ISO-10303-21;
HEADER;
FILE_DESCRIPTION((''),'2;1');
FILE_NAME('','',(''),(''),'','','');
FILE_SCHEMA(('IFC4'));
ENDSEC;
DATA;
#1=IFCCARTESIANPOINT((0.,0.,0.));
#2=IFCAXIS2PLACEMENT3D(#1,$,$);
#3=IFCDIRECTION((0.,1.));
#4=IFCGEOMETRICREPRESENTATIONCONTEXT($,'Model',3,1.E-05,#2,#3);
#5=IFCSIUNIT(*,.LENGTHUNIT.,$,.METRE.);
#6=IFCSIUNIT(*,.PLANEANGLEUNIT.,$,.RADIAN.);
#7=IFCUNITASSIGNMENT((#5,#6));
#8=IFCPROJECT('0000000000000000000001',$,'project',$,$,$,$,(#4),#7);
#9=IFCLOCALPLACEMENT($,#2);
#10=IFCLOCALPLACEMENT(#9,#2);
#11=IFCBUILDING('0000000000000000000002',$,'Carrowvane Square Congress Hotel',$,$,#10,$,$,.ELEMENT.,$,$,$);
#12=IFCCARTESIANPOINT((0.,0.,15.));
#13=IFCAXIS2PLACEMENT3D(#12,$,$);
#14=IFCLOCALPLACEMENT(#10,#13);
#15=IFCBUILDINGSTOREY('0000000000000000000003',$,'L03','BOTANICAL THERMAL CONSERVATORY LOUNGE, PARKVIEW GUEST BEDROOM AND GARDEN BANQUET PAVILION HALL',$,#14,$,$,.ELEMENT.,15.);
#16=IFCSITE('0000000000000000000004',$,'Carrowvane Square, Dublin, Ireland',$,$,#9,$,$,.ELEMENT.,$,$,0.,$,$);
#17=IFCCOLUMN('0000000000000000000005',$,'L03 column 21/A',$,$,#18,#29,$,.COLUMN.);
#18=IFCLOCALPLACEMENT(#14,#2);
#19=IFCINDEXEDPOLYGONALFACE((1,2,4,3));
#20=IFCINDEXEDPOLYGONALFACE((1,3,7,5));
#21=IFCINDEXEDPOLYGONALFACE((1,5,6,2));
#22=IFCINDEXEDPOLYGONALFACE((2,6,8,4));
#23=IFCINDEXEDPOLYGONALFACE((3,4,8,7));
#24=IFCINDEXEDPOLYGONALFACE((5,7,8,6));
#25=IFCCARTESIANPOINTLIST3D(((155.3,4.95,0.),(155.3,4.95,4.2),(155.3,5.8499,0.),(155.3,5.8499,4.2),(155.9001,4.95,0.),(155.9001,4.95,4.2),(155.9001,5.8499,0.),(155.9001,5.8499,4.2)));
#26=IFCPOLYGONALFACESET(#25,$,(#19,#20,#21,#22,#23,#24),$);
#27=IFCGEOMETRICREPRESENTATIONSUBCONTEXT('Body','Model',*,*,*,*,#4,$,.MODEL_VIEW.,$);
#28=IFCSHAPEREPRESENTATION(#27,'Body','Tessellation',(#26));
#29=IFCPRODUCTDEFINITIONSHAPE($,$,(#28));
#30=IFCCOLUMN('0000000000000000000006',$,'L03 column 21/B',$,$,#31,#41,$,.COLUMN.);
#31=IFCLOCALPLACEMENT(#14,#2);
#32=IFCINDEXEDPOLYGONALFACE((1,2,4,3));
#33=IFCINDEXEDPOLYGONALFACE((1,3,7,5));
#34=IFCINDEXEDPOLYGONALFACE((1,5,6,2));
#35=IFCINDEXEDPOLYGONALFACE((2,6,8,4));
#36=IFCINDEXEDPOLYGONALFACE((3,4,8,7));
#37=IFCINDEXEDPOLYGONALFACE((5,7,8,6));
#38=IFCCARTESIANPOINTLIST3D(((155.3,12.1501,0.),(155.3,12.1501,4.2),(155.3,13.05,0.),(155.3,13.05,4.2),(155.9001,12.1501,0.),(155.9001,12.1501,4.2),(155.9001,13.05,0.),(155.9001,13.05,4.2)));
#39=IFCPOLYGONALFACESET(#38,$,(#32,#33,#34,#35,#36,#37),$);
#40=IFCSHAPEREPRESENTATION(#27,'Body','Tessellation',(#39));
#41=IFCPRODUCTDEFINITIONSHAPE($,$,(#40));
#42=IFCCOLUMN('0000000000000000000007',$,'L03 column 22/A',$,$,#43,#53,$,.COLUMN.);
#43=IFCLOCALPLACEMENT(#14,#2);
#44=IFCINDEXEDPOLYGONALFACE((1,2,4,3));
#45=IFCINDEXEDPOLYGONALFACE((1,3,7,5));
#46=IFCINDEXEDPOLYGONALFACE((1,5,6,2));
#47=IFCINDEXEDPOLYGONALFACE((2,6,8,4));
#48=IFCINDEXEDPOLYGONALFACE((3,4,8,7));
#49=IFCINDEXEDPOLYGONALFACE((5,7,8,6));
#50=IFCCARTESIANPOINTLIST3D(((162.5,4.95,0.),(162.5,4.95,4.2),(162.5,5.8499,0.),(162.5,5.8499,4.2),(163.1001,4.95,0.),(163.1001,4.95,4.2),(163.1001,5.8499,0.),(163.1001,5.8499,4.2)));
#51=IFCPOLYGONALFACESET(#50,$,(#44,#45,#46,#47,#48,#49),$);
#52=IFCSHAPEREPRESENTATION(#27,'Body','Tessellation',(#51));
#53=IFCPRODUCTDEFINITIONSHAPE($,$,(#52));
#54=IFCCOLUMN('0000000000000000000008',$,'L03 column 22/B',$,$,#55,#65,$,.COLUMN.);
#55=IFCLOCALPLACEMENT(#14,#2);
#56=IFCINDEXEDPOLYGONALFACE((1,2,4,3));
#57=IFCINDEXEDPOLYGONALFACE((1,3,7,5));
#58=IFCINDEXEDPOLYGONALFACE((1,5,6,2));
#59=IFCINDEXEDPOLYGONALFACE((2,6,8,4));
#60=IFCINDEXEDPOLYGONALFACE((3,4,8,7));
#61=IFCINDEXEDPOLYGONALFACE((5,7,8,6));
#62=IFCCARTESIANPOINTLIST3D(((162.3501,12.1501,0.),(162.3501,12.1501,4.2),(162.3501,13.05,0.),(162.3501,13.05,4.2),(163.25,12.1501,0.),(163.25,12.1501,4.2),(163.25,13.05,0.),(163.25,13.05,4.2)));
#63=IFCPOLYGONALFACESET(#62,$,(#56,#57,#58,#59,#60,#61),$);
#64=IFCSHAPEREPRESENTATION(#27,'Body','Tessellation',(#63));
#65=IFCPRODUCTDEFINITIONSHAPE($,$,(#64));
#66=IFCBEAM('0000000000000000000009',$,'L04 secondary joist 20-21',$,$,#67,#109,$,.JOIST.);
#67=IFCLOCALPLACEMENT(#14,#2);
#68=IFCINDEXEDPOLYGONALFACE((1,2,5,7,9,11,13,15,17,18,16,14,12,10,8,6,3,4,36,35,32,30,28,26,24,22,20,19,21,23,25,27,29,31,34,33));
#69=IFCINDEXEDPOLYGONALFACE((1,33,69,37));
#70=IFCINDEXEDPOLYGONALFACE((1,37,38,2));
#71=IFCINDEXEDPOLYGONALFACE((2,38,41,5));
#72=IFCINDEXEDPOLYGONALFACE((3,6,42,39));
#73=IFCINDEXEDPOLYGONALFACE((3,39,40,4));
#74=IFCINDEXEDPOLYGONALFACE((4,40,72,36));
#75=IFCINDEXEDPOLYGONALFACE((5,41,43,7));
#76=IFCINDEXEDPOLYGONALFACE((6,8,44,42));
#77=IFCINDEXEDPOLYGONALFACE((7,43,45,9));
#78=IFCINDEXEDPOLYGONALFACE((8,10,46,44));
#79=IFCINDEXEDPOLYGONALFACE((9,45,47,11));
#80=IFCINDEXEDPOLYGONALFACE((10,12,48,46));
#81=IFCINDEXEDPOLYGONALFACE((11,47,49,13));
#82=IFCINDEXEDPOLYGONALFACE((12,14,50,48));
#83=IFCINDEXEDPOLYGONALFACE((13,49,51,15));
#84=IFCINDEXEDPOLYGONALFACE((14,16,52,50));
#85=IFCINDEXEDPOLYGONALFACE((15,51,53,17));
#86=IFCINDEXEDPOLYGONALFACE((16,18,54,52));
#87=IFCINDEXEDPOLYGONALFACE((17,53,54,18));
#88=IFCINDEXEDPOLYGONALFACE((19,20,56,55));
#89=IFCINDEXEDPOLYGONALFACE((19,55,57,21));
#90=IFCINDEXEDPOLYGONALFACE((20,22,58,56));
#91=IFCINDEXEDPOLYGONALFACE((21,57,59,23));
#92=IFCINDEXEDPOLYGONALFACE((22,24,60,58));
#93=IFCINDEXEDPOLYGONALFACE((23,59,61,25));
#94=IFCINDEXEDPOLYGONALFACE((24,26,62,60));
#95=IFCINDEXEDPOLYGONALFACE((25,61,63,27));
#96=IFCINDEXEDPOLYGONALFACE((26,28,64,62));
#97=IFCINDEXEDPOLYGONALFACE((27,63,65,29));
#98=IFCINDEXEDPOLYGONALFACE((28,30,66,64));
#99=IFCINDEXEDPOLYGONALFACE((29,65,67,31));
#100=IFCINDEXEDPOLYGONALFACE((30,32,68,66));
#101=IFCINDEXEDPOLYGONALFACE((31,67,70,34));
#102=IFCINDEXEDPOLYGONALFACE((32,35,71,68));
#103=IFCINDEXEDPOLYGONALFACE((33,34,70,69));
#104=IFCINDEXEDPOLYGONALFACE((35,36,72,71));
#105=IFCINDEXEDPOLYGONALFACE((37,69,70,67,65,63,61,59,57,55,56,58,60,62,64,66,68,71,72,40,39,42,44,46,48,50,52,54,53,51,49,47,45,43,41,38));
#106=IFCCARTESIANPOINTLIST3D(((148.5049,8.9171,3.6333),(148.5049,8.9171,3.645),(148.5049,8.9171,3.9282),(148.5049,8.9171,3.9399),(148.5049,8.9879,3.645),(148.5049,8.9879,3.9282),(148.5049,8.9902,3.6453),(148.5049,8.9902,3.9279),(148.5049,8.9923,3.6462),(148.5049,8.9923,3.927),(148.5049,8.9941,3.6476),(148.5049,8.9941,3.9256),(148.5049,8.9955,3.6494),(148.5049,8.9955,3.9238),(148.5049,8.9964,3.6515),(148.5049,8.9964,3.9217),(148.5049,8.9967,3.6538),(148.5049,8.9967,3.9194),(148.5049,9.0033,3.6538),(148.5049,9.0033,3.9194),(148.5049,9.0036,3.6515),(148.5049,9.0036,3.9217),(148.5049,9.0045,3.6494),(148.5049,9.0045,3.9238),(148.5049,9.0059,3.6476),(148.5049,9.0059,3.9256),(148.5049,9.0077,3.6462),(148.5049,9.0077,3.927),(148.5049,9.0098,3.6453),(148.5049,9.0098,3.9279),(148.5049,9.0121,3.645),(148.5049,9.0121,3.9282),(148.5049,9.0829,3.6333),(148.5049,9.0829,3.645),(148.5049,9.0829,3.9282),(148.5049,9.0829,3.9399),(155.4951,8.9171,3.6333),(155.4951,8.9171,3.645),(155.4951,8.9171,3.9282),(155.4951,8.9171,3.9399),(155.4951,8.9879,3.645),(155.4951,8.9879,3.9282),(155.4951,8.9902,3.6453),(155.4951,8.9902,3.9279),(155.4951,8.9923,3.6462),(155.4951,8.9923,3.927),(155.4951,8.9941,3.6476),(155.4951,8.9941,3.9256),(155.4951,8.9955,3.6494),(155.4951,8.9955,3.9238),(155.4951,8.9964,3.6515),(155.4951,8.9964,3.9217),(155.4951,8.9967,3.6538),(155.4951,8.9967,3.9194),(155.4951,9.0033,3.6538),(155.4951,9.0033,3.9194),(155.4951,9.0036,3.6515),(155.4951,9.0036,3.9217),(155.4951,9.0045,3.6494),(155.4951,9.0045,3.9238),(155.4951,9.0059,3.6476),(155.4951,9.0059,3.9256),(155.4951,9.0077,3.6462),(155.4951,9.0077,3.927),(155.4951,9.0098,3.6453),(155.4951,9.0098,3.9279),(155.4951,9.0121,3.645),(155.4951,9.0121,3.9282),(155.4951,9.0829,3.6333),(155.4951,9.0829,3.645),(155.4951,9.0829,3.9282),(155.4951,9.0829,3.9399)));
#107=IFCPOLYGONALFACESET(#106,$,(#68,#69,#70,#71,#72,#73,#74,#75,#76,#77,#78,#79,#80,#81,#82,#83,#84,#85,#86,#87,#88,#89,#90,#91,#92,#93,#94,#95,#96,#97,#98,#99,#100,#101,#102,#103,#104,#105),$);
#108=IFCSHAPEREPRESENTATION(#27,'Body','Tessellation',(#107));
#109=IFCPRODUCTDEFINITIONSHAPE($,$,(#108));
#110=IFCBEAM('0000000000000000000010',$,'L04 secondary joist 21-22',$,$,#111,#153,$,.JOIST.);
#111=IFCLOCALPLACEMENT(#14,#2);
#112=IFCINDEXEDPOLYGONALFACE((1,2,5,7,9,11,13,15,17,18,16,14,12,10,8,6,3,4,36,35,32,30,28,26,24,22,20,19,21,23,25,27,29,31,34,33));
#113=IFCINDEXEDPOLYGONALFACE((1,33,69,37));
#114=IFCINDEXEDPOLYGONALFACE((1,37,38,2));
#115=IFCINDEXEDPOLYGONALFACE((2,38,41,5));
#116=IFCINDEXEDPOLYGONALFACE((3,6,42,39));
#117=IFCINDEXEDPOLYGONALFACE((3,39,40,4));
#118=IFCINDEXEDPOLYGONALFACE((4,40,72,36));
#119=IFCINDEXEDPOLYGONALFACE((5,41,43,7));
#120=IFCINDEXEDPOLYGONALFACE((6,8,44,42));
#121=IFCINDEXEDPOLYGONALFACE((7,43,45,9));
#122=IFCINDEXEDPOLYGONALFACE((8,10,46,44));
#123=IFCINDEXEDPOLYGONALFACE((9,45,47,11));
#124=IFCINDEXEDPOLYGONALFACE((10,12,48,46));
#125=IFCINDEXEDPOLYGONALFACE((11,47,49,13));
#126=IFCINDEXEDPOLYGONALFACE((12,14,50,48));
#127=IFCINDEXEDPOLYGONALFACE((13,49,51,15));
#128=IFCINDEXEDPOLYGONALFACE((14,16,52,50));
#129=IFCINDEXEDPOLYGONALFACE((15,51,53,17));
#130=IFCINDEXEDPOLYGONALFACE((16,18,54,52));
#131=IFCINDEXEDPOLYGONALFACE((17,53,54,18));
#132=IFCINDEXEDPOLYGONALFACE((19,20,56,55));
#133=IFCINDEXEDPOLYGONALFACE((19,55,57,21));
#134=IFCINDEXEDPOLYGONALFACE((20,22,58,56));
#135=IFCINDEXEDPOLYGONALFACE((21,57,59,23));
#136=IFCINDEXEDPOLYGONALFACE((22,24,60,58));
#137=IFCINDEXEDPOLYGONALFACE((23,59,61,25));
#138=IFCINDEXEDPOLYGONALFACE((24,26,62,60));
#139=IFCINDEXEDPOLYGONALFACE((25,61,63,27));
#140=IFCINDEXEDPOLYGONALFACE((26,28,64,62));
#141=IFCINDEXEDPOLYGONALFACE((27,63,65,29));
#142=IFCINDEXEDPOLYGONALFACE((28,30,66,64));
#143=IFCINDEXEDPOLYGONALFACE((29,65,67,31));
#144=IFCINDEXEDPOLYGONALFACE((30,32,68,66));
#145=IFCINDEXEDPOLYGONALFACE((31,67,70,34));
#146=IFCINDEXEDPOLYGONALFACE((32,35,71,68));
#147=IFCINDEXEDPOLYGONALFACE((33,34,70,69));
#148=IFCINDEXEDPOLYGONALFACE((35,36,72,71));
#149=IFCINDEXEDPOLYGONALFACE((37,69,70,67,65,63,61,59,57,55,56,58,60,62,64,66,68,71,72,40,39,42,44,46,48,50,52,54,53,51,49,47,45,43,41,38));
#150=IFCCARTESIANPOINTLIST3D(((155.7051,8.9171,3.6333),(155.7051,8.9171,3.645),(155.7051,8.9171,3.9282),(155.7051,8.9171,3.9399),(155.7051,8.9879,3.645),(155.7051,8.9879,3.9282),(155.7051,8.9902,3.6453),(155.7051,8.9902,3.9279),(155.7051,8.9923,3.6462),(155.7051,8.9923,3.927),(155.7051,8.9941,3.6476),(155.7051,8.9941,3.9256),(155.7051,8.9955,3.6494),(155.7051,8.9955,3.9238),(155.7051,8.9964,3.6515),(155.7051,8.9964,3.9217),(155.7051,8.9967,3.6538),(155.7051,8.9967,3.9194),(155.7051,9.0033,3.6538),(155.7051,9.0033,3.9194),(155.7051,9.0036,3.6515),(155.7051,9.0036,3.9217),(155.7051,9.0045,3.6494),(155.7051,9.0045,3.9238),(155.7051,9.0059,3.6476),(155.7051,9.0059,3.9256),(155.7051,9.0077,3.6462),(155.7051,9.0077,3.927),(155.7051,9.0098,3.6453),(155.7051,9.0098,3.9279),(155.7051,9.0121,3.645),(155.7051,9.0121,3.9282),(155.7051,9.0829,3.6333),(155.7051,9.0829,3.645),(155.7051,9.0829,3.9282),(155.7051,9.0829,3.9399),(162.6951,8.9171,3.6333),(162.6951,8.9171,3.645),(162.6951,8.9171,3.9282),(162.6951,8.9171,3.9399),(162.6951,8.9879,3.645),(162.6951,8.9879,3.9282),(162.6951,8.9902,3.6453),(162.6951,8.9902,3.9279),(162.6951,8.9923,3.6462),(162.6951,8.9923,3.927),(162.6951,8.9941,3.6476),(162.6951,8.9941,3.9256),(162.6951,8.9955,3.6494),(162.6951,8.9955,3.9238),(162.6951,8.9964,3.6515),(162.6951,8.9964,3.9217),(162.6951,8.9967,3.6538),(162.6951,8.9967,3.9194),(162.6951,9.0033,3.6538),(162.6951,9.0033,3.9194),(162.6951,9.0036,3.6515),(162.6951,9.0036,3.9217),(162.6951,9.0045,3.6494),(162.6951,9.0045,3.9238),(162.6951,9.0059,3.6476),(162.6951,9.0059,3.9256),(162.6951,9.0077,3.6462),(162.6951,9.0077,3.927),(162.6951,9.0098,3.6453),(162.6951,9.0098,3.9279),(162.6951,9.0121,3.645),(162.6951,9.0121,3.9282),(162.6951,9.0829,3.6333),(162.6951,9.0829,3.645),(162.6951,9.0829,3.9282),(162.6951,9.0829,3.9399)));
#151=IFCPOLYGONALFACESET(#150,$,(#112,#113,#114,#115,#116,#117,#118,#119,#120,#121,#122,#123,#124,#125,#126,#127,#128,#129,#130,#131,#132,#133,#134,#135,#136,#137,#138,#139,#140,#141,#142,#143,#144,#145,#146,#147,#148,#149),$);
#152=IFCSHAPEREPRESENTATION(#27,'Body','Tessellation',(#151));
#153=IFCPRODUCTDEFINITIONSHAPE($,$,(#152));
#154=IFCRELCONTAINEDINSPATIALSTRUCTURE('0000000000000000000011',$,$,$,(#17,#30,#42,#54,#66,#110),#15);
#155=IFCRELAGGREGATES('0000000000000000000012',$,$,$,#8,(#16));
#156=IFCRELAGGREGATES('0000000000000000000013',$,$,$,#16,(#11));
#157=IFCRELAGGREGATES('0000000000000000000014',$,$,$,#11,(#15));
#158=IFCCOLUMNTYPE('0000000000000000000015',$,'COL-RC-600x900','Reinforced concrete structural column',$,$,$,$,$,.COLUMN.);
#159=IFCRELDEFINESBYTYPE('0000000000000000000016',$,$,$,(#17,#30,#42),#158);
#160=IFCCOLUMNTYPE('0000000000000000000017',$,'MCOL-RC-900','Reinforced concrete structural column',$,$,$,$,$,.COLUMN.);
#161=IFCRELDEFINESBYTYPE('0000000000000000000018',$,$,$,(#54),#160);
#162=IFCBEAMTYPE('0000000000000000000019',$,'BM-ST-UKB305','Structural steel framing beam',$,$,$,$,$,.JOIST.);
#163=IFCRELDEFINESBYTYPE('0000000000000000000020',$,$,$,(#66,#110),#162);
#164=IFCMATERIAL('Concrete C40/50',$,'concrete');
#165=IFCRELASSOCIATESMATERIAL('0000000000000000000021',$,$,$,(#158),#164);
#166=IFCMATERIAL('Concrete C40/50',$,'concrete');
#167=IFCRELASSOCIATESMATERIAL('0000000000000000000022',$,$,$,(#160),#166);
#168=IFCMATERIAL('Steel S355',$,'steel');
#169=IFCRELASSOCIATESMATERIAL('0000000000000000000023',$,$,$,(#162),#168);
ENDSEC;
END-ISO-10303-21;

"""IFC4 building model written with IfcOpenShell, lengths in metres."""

from ifc_helpers import new_model, si_unit, direction, frame, origin, origin_2d, place, context, subcontext, project, spatial, rectangle, i_section, extrude, material, material_profile, profile_set, type_object, element, save


model = new_model("IFC4")

# Units and contexts
model_context = context("Model", 3, precision=1e-05, world=origin(), true_north=direction((0.0, 1.0)))
body_context = subcontext(model_context, "Body", "Model", "MODEL_VIEW")
ifc_project = project(units=[si_unit("LENGTHUNIT", "METRE"), si_unit("PLANEANGLEUNIT", "RADIAN")], contexts=[model_context])

# Site, building, storey
site_placement = place(None, origin())
site = spatial("IfcSite", under=ifc_project, at=site_placement, Name="Carrowvane Square, Dublin, Ireland", CompositionType="ELEMENT", RefElevation=0.0)
building_placement = place(site_placement, origin())
building = spatial("IfcBuilding", under=site, at=building_placement, Name="Carrowvane Square Congress Hotel", CompositionType="ELEMENT")
storey_placement = place(building_placement, frame((0.0, 0.0, 15.0)))
storey = spatial("IfcBuildingStorey", under=building, at=storey_placement, Name="L03", Description="BOTANICAL THERMAL CONSERVATORY LOUNGE, PARKVIEW GUEST BEDROOM AND GARDEN BANQUET PAVILION HALL", CompositionType="ELEMENT", Elevation=15.0)

# Columns
ifc_material_1 = material(Name="Concrete C40/50", Category="concrete")
ifc_material_profile_1 = material_profile(ifc_material_1, rectangle(XDim=0.6001, YDim=0.8999, at=origin_2d()), Name="RC 600x900")
ifc_profile_set_1 = profile_set([ifc_material_profile_1], Name="Concrete C40/50")
column_type_1 = type_object("IfcColumnType", Name="COL-RC-600x900", Description="Reinforced concrete structural column", PredefinedType="COLUMN", material=ifc_profile_set_1)
for number, where, z_axis, x_axis, name in (
    (1, (155.6001, 5.3999, 0.0), (0.0, 0.0, 1.0), (1.0, 0.0, 0.0), "L03 column 21/A"),
    (2, (155.6001, 12.6001, 0.0), (0.0, 0.0, 1.0), (1.0, 0.0, 0.0), "L03 column 21/B"),
    (3, (162.8, 5.3999, 0.0), (0.0, 0.0, 1.0), (1.0, 0.0, 0.0), "L03 column 22/A"),
):
    element("IfcColumn", number, at=place(storey_placement, frame(where, z_axis=z_axis, x_axis=x_axis)), inside=storey, type_object=column_type_1, Name=name, PredefinedType="COLUMN", context=body_context, shape_type="SweptSolid", body=[
        extrude(rectangle(XDim=0.6001, YDim=0.8999, at=origin_2d()), origin(), (0.0, 0.0, 1.0), 4.2),
    ])
ifc_material_2 = material(Name="Concrete C40/50", Category="concrete")
ifc_material_profile_2 = material_profile(ifc_material_2, rectangle(XDim=0.8999, YDim=0.8999, at=origin_2d()), Name="RC 900x900")
ifc_profile_set_2 = profile_set([ifc_material_profile_2], Name="Concrete C40/50")
column_type_2 = type_object("IfcColumnType", Name="MCOL-RC-900", Description="Reinforced concrete structural column", PredefinedType="COLUMN", material=ifc_profile_set_2)
column_placement = place(storey_placement, frame((162.8, 12.6001, 0.0), z_axis=(0.0, 0.0, 1.0), x_axis=(1.0, 0.0, 0.0)))
element("IfcColumn", 4, at=column_placement, inside=storey, type_object=column_type_2, Name="L03 column 22/B", PredefinedType="COLUMN", context=body_context, shape_type="SweptSolid", body=[
    extrude(rectangle(XDim=0.8999, YDim=0.8999, at=origin_2d()), origin(), (0.0, 0.0, 1.0), 4.2),
])

# Beams
ifc_material_3 = material(Name="Steel S355", Category="steel")
ifc_material_profile_3 = material_profile(ifc_material_3, i_section(OverallWidth=0.1658, OverallDepth=0.3066, WebThickness=0.0066, FlangeThickness=0.0117, FilletRadius=0.0088, at=origin_2d()), Name="UKB 305x165x46")
ifc_profile_set_3 = profile_set([ifc_material_profile_3], Name="Steel S355")
beam_type_1 = type_object("IfcBeamType", Name="BM-ST-UKB305", Description="Structural steel framing beam", PredefinedType="JOIST", material=ifc_profile_set_3)
beam_1_placement = place(storey_placement, frame((148.5049, 9.0, 3.7866), z_axis=(1.0, 0.0, 0.0), x_axis=(0.0, 1.0, 0.0)))
element("IfcBeam", 5, at=beam_1_placement, inside=storey, type_object=beam_type_1, Name="L04 secondary joist 20-21", PredefinedType="JOIST", context=body_context, shape_type="SweptSolid", body=[
    extrude(i_section(OverallWidth=0.1658, OverallDepth=0.3066, WebThickness=0.0066, FlangeThickness=0.0117, FilletRadius=0.0088, at=origin_2d()), origin(), (0.0, 0.0, 1.0), 6.9902),
])
beam_2_placement = place(storey_placement, frame((155.7051, 9.0, 3.7866), z_axis=(1.0, 0.0, 0.0), x_axis=(0.0, 1.0, 0.0)))
element("IfcBeam", 6, at=beam_2_placement, inside=storey, type_object=beam_type_1, Name="L04 secondary joist 21-22", PredefinedType="JOIST", context=body_context, shape_type="SweptSolid", body=[
    extrude(i_section(OverallWidth=0.1658, OverallDepth=0.3066, WebThickness=0.0066, FlangeThickness=0.0117, FilletRadius=0.0088, at=origin_2d()), origin(), (0.0, 0.0, 1.0), 6.99),
])

save(model, "model.ifc")
